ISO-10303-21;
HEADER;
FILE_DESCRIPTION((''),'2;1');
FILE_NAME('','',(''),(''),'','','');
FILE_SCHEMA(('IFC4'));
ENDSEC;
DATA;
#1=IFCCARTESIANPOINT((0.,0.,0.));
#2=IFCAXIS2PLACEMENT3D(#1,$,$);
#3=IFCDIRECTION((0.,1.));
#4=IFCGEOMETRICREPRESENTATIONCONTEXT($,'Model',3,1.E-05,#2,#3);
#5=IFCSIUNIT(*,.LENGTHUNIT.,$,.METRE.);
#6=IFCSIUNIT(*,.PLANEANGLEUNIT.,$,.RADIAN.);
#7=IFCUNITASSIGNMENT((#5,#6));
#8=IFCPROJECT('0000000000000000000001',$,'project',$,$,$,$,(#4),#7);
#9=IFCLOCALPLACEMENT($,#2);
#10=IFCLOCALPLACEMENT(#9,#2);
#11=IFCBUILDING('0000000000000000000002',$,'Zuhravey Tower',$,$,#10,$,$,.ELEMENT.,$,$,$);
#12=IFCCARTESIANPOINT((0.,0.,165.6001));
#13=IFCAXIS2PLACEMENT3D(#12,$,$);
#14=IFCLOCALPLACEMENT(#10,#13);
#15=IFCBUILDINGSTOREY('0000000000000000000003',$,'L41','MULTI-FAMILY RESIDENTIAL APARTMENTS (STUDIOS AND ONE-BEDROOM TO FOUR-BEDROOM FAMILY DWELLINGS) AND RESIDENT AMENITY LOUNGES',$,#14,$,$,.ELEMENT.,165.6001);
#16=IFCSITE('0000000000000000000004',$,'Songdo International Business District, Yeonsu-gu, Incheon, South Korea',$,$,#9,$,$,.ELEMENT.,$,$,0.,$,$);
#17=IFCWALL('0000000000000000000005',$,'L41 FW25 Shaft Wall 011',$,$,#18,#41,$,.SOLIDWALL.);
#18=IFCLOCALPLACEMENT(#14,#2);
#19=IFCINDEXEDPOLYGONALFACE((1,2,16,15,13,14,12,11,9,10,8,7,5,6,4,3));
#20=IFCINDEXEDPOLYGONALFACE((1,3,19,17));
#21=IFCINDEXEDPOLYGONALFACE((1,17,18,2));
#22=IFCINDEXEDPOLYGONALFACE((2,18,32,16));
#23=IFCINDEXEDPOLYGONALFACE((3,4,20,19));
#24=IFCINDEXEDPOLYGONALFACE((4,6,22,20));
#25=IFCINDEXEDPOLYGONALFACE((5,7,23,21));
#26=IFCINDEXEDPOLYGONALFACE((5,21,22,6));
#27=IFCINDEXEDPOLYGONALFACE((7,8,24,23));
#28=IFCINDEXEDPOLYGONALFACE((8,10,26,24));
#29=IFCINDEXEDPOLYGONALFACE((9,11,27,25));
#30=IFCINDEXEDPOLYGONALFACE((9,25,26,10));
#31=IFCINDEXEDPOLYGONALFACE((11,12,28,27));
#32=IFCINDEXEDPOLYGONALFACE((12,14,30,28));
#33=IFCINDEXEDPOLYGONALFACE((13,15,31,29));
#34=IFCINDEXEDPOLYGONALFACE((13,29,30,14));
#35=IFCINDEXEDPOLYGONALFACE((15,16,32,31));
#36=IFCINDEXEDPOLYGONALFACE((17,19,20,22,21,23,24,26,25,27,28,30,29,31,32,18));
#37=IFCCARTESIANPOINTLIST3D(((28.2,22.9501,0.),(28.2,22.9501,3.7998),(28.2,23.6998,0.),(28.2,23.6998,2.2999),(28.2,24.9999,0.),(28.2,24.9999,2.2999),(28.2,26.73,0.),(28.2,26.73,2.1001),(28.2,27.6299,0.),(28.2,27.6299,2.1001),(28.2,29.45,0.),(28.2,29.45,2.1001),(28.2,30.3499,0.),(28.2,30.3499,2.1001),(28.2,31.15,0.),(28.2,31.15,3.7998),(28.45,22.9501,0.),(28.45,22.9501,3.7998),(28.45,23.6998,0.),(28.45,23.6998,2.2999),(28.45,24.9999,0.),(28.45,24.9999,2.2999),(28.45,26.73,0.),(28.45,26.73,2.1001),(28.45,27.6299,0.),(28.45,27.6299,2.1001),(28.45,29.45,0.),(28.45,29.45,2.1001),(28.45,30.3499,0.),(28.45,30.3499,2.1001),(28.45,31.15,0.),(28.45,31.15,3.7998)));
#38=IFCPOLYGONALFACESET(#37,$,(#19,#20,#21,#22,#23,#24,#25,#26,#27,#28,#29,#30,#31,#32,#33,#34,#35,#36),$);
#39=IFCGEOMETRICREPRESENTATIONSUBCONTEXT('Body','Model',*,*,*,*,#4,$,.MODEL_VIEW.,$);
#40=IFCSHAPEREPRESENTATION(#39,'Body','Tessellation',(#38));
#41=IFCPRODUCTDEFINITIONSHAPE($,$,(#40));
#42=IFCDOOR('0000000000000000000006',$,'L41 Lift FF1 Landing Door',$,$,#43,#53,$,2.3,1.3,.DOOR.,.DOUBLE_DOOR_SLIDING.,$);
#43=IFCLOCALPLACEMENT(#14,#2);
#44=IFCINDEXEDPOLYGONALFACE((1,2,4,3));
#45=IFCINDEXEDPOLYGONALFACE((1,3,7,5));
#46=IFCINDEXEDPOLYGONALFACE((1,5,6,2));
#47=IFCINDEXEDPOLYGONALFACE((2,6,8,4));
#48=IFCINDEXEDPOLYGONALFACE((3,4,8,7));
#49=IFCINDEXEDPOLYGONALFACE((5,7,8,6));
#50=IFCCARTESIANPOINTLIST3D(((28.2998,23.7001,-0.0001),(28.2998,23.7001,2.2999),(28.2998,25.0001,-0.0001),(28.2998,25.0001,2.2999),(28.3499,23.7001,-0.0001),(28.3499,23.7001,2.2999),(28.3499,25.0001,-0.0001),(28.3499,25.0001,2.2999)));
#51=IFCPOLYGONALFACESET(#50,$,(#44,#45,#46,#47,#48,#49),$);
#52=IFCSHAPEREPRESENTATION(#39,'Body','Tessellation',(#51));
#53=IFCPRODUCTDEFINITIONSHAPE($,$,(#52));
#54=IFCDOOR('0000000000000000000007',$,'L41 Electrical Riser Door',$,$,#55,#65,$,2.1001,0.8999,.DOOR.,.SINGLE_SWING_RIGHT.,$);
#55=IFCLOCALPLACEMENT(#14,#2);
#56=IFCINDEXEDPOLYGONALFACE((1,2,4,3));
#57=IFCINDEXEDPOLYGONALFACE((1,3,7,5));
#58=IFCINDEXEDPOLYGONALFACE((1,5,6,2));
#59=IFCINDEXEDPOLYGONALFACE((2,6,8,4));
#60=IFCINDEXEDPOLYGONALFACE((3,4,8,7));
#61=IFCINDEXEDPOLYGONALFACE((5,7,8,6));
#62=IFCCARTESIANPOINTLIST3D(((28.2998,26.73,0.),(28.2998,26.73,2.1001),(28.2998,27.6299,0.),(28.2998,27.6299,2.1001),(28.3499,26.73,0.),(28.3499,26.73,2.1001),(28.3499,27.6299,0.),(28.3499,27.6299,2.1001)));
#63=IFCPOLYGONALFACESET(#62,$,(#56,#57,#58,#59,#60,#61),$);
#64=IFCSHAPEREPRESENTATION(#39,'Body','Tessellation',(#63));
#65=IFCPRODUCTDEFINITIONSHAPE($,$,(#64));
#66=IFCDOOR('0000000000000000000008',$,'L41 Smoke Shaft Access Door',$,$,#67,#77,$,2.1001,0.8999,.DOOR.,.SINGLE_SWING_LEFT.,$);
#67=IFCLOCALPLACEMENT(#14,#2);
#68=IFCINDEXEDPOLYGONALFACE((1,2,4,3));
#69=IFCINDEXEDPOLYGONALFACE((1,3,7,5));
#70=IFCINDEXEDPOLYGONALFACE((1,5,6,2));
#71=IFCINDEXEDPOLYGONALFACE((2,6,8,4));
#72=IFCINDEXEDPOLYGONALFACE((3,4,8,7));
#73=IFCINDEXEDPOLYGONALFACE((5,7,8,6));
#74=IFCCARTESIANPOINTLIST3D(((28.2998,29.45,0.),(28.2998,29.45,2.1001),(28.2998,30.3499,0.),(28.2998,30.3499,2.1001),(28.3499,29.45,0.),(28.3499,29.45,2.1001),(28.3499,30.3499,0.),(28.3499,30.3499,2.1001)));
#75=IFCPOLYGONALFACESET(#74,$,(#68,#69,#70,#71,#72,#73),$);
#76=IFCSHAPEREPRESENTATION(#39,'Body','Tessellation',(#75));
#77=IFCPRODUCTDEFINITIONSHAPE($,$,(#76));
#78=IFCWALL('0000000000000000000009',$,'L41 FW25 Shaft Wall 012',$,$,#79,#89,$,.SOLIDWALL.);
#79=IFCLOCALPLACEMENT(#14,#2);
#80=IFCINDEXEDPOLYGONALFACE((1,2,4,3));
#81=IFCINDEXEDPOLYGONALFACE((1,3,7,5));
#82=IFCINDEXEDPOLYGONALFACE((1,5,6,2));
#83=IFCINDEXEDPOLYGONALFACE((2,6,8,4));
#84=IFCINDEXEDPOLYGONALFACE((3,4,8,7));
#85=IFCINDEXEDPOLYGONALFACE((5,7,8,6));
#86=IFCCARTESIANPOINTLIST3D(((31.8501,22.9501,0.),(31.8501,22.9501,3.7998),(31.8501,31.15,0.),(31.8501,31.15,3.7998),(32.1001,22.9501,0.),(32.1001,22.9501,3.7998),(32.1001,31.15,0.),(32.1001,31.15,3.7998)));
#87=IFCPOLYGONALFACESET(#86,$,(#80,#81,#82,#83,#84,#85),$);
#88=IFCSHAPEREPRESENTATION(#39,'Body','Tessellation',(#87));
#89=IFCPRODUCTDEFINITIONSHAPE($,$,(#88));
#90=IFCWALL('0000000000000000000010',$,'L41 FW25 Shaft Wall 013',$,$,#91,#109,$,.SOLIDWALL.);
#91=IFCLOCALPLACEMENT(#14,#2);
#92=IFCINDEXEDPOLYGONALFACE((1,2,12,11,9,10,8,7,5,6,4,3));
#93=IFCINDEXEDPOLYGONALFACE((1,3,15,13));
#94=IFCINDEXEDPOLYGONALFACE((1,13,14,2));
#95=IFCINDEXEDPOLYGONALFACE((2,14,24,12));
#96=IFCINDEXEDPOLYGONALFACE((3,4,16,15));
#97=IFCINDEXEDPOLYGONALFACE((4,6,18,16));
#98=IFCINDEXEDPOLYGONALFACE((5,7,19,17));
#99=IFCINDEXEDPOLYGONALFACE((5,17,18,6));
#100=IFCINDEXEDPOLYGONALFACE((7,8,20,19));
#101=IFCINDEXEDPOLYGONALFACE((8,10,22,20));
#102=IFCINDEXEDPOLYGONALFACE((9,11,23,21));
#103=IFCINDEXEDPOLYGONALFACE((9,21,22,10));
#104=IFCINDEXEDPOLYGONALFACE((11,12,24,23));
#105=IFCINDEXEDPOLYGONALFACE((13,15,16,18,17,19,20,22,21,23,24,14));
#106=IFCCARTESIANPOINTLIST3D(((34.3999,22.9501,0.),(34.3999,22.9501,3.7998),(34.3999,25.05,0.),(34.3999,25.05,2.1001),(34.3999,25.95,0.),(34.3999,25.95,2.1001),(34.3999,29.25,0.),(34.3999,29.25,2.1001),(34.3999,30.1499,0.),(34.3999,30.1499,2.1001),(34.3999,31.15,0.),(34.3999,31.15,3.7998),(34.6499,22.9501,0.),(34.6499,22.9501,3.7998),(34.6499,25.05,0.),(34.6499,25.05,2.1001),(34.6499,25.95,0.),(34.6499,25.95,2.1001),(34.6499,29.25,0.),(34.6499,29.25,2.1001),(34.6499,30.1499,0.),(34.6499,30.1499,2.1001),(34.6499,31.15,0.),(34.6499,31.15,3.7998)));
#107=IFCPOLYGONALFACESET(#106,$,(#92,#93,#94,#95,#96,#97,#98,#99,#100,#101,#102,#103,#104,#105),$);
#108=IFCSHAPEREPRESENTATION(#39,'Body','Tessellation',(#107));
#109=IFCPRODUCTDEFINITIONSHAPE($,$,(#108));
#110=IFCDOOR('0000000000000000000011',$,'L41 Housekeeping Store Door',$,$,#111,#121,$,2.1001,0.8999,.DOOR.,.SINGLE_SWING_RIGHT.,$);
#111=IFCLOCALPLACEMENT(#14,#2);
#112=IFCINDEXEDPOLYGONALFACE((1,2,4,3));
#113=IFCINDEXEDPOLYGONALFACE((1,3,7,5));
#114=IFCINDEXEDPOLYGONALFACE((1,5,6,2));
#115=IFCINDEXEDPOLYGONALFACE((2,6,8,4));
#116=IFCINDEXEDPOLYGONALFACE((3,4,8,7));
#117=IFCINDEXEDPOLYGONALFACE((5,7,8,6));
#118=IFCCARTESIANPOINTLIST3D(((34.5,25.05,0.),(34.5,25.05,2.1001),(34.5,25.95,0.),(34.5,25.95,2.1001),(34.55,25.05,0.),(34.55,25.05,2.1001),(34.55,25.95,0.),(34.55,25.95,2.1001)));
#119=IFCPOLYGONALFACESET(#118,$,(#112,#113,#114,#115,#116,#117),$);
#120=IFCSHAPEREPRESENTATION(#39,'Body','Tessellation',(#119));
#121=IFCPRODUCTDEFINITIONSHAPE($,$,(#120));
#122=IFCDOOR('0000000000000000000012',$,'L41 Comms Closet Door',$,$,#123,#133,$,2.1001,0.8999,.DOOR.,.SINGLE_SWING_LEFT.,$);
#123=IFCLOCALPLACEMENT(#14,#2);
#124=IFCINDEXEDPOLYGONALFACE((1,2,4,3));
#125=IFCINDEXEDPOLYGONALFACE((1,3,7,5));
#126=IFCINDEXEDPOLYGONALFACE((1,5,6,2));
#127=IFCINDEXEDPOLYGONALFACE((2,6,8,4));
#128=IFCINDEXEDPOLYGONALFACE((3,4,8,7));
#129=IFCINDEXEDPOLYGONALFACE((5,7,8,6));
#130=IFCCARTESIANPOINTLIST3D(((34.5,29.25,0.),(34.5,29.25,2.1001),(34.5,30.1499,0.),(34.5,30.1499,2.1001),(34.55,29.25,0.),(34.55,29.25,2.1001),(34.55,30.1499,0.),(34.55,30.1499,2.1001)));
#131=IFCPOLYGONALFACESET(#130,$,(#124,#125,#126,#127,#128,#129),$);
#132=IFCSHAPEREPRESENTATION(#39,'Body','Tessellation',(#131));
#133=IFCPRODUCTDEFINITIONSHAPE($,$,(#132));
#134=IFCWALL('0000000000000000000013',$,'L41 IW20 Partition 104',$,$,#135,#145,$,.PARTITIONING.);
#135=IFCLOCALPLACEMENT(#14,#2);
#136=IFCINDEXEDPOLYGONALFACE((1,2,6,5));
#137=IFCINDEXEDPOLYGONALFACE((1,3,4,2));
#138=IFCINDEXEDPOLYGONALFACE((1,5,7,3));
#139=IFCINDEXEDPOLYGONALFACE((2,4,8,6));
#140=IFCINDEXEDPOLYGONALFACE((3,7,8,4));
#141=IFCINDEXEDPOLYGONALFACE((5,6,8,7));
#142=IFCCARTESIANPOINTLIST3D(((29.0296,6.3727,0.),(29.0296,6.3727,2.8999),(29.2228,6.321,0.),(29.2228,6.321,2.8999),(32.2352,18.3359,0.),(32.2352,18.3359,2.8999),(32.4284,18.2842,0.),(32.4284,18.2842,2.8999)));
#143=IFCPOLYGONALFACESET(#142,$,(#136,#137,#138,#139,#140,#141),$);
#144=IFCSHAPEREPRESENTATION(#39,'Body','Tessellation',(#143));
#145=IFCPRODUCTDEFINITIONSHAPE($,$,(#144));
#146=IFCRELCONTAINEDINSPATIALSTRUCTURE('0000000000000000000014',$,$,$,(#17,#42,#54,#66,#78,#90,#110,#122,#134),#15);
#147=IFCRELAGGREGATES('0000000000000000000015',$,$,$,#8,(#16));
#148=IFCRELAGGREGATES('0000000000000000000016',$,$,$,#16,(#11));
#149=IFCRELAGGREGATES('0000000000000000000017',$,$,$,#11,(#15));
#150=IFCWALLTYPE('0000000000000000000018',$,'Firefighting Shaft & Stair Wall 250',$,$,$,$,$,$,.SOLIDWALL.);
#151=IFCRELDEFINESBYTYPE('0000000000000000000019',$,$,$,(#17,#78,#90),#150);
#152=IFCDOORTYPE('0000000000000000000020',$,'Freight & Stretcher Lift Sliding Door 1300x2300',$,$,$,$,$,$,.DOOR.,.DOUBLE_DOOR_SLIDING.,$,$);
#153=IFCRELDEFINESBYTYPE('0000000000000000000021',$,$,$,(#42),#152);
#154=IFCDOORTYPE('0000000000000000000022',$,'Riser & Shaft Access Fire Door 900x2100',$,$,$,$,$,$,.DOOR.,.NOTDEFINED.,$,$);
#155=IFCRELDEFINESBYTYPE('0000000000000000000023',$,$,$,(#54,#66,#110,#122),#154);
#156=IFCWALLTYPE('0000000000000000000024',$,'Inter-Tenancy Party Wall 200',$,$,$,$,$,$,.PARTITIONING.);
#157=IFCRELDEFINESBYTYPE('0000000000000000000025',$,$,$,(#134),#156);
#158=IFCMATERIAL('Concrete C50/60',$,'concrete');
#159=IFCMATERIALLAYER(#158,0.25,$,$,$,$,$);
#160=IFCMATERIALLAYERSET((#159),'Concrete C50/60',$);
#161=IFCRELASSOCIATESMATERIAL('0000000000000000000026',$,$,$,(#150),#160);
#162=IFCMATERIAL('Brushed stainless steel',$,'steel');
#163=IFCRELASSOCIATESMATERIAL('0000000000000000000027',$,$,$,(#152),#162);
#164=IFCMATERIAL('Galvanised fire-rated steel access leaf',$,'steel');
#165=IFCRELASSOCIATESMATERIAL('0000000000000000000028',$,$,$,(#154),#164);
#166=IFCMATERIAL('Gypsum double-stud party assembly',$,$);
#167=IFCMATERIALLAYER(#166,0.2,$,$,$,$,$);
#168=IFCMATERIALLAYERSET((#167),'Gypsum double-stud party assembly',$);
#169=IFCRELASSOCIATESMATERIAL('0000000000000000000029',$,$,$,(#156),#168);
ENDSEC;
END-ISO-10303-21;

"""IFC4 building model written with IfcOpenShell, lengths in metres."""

from ifc_helpers import new_model, si_unit, direction, frame, frame_2d, origin, place, context, subcontext, project, spatial, rectangle, extrude, material, layer, layer_set, type_object, element, fill, save


model = new_model("IFC4")

# Units and contexts
model_context = context("Model", 3, precision=1e-05, world=origin(), true_north=direction((0.0, 1.0)))
body_context = subcontext(model_context, "Body", "Model", "MODEL_VIEW")
ifc_project = project(units=[si_unit("LENGTHUNIT", "METRE"), si_unit("PLANEANGLEUNIT", "RADIAN")], contexts=[model_context])

# Site, building, storey
site_placement = place(None, origin())
site = spatial("IfcSite", under=ifc_project, at=site_placement, Name="Songdo International Business District, Yeonsu-gu, Incheon, South Korea", CompositionType="ELEMENT", RefElevation=0.0)
building_placement = place(site_placement, origin())
building = spatial("IfcBuilding", under=site, at=building_placement, Name="Zuhravey Tower", CompositionType="ELEMENT")
storey_placement = place(building_placement, frame((0.0, 0.0, 165.6001)))
storey = spatial("IfcBuildingStorey", under=building, at=storey_placement, Name="L41", Description="MULTI-FAMILY RESIDENTIAL APARTMENTS (STUDIOS AND ONE-BEDROOM TO FOUR-BEDROOM FAMILY DWELLINGS) AND RESIDENT AMENITY LOUNGES", CompositionType="ELEMENT", Elevation=165.6001)

# Wall, openings, doors
ifc_material_1 = material(Name="Concrete C50/60", Category="concrete")
ifc_layer_1 = layer(ifc_material_1, 0.25)
ifc_layer_set_1 = layer_set([ifc_layer_1], Name="Concrete C50/60")
wall_type_1 = type_object("IfcWallType", Name="Firefighting Shaft & Stair Wall 250", PredefinedType="SOLIDWALL", material=ifc_layer_set_1)
wall_1_placement = place(storey_placement, frame((28.325, 22.95, 0.0), z_axis=(0.0, 0.0, 1.0), x_axis=(0.0, 1.0, 0.0)))
wall_1 = element("IfcWall", 1, at=wall_1_placement, inside=storey, type_object=wall_type_1, Name="L41 FW25 Shaft Wall 011", PredefinedType="SOLIDWALL", context=body_context, shape_type="SweptSolid", body=[
    extrude(rectangle(XDim=8.2, YDim=0.25, at=frame_2d((4.1001, 0.0))), origin(), (0.0, 0.0, 1.0), 3.7998),
])
opening_1_placement = place(wall_1_placement, frame((0.75, 0.0, 0.0)))
opening_1 = element("IfcOpeningElement", 2, at=opening_1_placement, cuts=wall_1, PredefinedType="OPENING", context=body_context, shape_type="SweptSolid", body=[
    extrude(rectangle(XDim=1.3, YDim=2.3, at=frame_2d((0.6499, 1.1499))), frame((0.0, 0.137, 0.0), z_axis=(0.0, -1.0, 0.0), x_axis=(1.0, 0.0, 0.0)), (0.0, 0.0, 1.0), 0.2739),
])
opening_2_placement = place(wall_1_placement, frame((3.78, 0.0, 0.0)))
opening_2 = element("IfcOpeningElement", 3, at=opening_2_placement, cuts=wall_1, PredefinedType="OPENING", context=body_context, shape_type="SweptSolid", body=[
    extrude(rectangle(XDim=0.8999, YDim=2.1001, at=frame_2d((0.45, 1.05))), frame((0.0, 0.137, 0.0), z_axis=(0.0, -1.0, 0.0), x_axis=(1.0, 0.0, 0.0)), (0.0, 0.0, 1.0), 0.2739),
])
opening_3_placement = place(wall_1_placement, frame((6.5, 0.0, 0.0)))
opening_3 = element("IfcOpeningElement", 4, at=opening_3_placement, cuts=wall_1, PredefinedType="OPENING", context=body_context, shape_type="SweptSolid", body=[
    extrude(rectangle(XDim=0.8999, YDim=2.1001, at=frame_2d((0.45, 1.05))), frame((0.0, 0.137, 0.0), z_axis=(0.0, -1.0, 0.0), x_axis=(1.0, 0.0, 0.0)), (0.0, 0.0, 1.0), 0.2739),
])
ifc_material_2 = material(Name="Brushed stainless steel", Category="steel")
door_type_1 = type_object("IfcDoorType", Name="Freight & Stretcher Lift Sliding Door 1300x2300", OperationType="DOUBLE_DOOR_SLIDING", PredefinedType="DOOR", material=ifc_material_2)
door_1_placement = place(opening_1_placement, frame((1.3, 0.0, 0.0), z_axis=(0.0, 0.0, 1.0), x_axis=(-1.0, 0.0, 0.0)))
door_1 = element("IfcDoor", 5, at=door_1_placement, inside=storey, type_object=door_type_1, Name="L41 Lift FF1 Landing Door", OperationType="DOUBLE_DOOR_SLIDING", OverallHeight=2.3, OverallWidth=1.3, PredefinedType="DOOR", context=body_context, shape_type="SweptSolid", body=[
    extrude(rectangle(XDim=1.3, YDim=2.3, at=frame_2d((0.6499, 1.1499))), frame((0.0, 0.0249, 0.0), z_axis=(0.0, -1.0, 0.0), x_axis=(1.0, 0.0, 0.0)), (0.0, 0.0, 1.0), 0.05),
])
fill(opening_1, door_1)
ifc_material_3 = material(Name="Galvanised fire-rated steel access leaf", Category="steel")
door_type_2 = type_object("IfcDoorType", Name="Riser & Shaft Access Fire Door 900x2100", OperationType="NOTDEFINED", PredefinedType="DOOR", material=ifc_material_3)
door_2_placement = place(opening_2_placement, frame((0.8999, 0.0, 0.0), z_axis=(0.0, 0.0, 1.0), x_axis=(-1.0, 0.0, 0.0)))
door_2 = element("IfcDoor", 6, at=door_2_placement, inside=storey, type_object=door_type_2, Name="L41 Electrical Riser Door", OperationType="SINGLE_SWING_RIGHT", OverallHeight=2.1001, OverallWidth=0.8999, PredefinedType="DOOR", context=body_context, shape_type="SweptSolid", body=[
    extrude(rectangle(XDim=0.8999, YDim=2.1001, at=frame_2d((0.45, 1.05))), frame((0.0, 0.0249, 0.0), z_axis=(0.0, -1.0, 0.0), x_axis=(1.0, 0.0, 0.0)), (0.0, 0.0, 1.0), 0.05),
])
fill(opening_2, door_2)
door_3_placement = place(opening_3_placement, frame((0.8999, 0.0, 0.0), z_axis=(0.0, 0.0, 1.0), x_axis=(-1.0, 0.0, 0.0)))
door_3 = element("IfcDoor", 7, at=door_3_placement, inside=storey, type_object=door_type_2, Name="L41 Smoke Shaft Access Door", OperationType="SINGLE_SWING_LEFT", OverallHeight=2.1001, OverallWidth=0.8999, PredefinedType="DOOR", context=body_context, shape_type="SweptSolid", body=[
    extrude(rectangle(XDim=0.8999, YDim=2.1001, at=frame_2d((0.45, 1.05))), frame((0.0, 0.0249, 0.0), z_axis=(0.0, -1.0, 0.0), x_axis=(1.0, 0.0, 0.0)), (0.0, 0.0, 1.0), 0.05),
])
fill(opening_3, door_3)

# Wall
wall_2_placement = place(storey_placement, frame((31.9751, 22.95, 0.0), z_axis=(0.0, 0.0, 1.0), x_axis=(0.0, 1.0, 0.0)))
element("IfcWall", 8, at=wall_2_placement, inside=storey, type_object=wall_type_1, Name="L41 FW25 Shaft Wall 012", PredefinedType="SOLIDWALL", context=body_context, shape_type="SweptSolid", body=[
    extrude(rectangle(XDim=8.2, YDim=0.25, at=frame_2d((4.1001, 0.0))), origin(), (0.0, 0.0, 1.0), 3.7998),
])

# Wall, openings, doors
wall_3_placement = place(storey_placement, frame((34.5249, 22.95, 0.0), z_axis=(0.0, 0.0, 1.0), x_axis=(0.0, 1.0, 0.0)))
wall_3 = element("IfcWall", 9, at=wall_3_placement, inside=storey, type_object=wall_type_1, Name="L41 FW25 Shaft Wall 013", PredefinedType="SOLIDWALL", context=body_context, shape_type="SweptSolid", body=[
    extrude(rectangle(XDim=8.2, YDim=0.25, at=frame_2d((4.1001, 0.0))), origin(), (0.0, 0.0, 1.0), 3.7998),
])
opening_4_placement = place(wall_3_placement, frame((2.1001, 0.0, 0.0)))
opening_4 = element("IfcOpeningElement", 10, at=opening_4_placement, cuts=wall_3, PredefinedType="OPENING", context=body_context, shape_type="SweptSolid", body=[
    extrude(rectangle(XDim=0.8999, YDim=2.1001, at=frame_2d((0.45, 1.05))), frame((0.0, 0.137, 0.0), z_axis=(0.0, -1.0, 0.0), x_axis=(1.0, 0.0, 0.0)), (0.0, 0.0, 1.0), 0.2739),
])
opening_5_placement = place(wall_3_placement, frame((6.3, 0.0, 0.0)))
opening_5 = element("IfcOpeningElement", 11, at=opening_5_placement, cuts=wall_3, PredefinedType="OPENING", context=body_context, shape_type="SweptSolid", body=[
    extrude(rectangle(XDim=0.8999, YDim=2.1001, at=frame_2d((0.45, 1.05))), frame((0.0, 0.137, 0.0), z_axis=(0.0, -1.0, 0.0), x_axis=(1.0, 0.0, 0.0)), (0.0, 0.0, 1.0), 0.2739),
])
door_4_placement = place(opening_4_placement, origin())
door_4 = element("IfcDoor", 12, at=door_4_placement, inside=storey, type_object=door_type_2, Name="L41 Housekeeping Store Door", OperationType="SINGLE_SWING_RIGHT", OverallHeight=2.1001, OverallWidth=0.8999, PredefinedType="DOOR", context=body_context, shape_type="SweptSolid", body=[
    extrude(rectangle(XDim=0.8999, YDim=2.1001, at=frame_2d((0.45, 1.05))), frame((0.0, 0.0249, 0.0), z_axis=(0.0, -1.0, 0.0), x_axis=(1.0, 0.0, 0.0)), (0.0, 0.0, 1.0), 0.05),
])
fill(opening_4, door_4)
door_5_placement = place(opening_5_placement, origin())
door_5 = element("IfcDoor", 13, at=door_5_placement, inside=storey, type_object=door_type_2, Name="L41 Comms Closet Door", OperationType="SINGLE_SWING_LEFT", OverallHeight=2.1001, OverallWidth=0.8999, PredefinedType="DOOR", context=body_context, shape_type="SweptSolid", body=[
    extrude(rectangle(XDim=0.8999, YDim=2.1001, at=frame_2d((0.45, 1.05))), frame((0.0, 0.0249, 0.0), z_axis=(0.0, -1.0, 0.0), x_axis=(1.0, 0.0, 0.0)), (0.0, 0.0, 1.0), 0.05),
])
fill(opening_5, door_5)

# Wall
ifc_material_4 = material(Name="Gypsum double-stud party assembly")
ifc_layer_2 = layer(ifc_material_4, 0.2)
ifc_layer_set_2 = layer_set([ifc_layer_2], Name="Gypsum double-stud party assembly")
wall_type_2 = type_object("IfcWallType", Name="Inter-Tenancy Party Wall 200", PredefinedType="PARTITIONING", material=ifc_layer_set_2)
wall_4_placement = place(storey_placement, frame((32.3318, 18.3101, 0.0), z_axis=(0.0, 0.0, 1.0), x_axis=(-0.258823, -0.965925, 0.0)))
element("IfcWall", 14, at=wall_4_placement, inside=storey, type_object=wall_type_2, Name="L41 IW20 Partition 104", PredefinedType="PARTITIONING", context=body_context, shape_type="SweptSolid", body=[
    extrude(rectangle(XDim=12.3853, YDim=0.2, at=frame_2d((6.1926, 0.0))), origin(), (0.0, 0.0, 1.0), 2.8999),
])

save(model, "model.ifc")
